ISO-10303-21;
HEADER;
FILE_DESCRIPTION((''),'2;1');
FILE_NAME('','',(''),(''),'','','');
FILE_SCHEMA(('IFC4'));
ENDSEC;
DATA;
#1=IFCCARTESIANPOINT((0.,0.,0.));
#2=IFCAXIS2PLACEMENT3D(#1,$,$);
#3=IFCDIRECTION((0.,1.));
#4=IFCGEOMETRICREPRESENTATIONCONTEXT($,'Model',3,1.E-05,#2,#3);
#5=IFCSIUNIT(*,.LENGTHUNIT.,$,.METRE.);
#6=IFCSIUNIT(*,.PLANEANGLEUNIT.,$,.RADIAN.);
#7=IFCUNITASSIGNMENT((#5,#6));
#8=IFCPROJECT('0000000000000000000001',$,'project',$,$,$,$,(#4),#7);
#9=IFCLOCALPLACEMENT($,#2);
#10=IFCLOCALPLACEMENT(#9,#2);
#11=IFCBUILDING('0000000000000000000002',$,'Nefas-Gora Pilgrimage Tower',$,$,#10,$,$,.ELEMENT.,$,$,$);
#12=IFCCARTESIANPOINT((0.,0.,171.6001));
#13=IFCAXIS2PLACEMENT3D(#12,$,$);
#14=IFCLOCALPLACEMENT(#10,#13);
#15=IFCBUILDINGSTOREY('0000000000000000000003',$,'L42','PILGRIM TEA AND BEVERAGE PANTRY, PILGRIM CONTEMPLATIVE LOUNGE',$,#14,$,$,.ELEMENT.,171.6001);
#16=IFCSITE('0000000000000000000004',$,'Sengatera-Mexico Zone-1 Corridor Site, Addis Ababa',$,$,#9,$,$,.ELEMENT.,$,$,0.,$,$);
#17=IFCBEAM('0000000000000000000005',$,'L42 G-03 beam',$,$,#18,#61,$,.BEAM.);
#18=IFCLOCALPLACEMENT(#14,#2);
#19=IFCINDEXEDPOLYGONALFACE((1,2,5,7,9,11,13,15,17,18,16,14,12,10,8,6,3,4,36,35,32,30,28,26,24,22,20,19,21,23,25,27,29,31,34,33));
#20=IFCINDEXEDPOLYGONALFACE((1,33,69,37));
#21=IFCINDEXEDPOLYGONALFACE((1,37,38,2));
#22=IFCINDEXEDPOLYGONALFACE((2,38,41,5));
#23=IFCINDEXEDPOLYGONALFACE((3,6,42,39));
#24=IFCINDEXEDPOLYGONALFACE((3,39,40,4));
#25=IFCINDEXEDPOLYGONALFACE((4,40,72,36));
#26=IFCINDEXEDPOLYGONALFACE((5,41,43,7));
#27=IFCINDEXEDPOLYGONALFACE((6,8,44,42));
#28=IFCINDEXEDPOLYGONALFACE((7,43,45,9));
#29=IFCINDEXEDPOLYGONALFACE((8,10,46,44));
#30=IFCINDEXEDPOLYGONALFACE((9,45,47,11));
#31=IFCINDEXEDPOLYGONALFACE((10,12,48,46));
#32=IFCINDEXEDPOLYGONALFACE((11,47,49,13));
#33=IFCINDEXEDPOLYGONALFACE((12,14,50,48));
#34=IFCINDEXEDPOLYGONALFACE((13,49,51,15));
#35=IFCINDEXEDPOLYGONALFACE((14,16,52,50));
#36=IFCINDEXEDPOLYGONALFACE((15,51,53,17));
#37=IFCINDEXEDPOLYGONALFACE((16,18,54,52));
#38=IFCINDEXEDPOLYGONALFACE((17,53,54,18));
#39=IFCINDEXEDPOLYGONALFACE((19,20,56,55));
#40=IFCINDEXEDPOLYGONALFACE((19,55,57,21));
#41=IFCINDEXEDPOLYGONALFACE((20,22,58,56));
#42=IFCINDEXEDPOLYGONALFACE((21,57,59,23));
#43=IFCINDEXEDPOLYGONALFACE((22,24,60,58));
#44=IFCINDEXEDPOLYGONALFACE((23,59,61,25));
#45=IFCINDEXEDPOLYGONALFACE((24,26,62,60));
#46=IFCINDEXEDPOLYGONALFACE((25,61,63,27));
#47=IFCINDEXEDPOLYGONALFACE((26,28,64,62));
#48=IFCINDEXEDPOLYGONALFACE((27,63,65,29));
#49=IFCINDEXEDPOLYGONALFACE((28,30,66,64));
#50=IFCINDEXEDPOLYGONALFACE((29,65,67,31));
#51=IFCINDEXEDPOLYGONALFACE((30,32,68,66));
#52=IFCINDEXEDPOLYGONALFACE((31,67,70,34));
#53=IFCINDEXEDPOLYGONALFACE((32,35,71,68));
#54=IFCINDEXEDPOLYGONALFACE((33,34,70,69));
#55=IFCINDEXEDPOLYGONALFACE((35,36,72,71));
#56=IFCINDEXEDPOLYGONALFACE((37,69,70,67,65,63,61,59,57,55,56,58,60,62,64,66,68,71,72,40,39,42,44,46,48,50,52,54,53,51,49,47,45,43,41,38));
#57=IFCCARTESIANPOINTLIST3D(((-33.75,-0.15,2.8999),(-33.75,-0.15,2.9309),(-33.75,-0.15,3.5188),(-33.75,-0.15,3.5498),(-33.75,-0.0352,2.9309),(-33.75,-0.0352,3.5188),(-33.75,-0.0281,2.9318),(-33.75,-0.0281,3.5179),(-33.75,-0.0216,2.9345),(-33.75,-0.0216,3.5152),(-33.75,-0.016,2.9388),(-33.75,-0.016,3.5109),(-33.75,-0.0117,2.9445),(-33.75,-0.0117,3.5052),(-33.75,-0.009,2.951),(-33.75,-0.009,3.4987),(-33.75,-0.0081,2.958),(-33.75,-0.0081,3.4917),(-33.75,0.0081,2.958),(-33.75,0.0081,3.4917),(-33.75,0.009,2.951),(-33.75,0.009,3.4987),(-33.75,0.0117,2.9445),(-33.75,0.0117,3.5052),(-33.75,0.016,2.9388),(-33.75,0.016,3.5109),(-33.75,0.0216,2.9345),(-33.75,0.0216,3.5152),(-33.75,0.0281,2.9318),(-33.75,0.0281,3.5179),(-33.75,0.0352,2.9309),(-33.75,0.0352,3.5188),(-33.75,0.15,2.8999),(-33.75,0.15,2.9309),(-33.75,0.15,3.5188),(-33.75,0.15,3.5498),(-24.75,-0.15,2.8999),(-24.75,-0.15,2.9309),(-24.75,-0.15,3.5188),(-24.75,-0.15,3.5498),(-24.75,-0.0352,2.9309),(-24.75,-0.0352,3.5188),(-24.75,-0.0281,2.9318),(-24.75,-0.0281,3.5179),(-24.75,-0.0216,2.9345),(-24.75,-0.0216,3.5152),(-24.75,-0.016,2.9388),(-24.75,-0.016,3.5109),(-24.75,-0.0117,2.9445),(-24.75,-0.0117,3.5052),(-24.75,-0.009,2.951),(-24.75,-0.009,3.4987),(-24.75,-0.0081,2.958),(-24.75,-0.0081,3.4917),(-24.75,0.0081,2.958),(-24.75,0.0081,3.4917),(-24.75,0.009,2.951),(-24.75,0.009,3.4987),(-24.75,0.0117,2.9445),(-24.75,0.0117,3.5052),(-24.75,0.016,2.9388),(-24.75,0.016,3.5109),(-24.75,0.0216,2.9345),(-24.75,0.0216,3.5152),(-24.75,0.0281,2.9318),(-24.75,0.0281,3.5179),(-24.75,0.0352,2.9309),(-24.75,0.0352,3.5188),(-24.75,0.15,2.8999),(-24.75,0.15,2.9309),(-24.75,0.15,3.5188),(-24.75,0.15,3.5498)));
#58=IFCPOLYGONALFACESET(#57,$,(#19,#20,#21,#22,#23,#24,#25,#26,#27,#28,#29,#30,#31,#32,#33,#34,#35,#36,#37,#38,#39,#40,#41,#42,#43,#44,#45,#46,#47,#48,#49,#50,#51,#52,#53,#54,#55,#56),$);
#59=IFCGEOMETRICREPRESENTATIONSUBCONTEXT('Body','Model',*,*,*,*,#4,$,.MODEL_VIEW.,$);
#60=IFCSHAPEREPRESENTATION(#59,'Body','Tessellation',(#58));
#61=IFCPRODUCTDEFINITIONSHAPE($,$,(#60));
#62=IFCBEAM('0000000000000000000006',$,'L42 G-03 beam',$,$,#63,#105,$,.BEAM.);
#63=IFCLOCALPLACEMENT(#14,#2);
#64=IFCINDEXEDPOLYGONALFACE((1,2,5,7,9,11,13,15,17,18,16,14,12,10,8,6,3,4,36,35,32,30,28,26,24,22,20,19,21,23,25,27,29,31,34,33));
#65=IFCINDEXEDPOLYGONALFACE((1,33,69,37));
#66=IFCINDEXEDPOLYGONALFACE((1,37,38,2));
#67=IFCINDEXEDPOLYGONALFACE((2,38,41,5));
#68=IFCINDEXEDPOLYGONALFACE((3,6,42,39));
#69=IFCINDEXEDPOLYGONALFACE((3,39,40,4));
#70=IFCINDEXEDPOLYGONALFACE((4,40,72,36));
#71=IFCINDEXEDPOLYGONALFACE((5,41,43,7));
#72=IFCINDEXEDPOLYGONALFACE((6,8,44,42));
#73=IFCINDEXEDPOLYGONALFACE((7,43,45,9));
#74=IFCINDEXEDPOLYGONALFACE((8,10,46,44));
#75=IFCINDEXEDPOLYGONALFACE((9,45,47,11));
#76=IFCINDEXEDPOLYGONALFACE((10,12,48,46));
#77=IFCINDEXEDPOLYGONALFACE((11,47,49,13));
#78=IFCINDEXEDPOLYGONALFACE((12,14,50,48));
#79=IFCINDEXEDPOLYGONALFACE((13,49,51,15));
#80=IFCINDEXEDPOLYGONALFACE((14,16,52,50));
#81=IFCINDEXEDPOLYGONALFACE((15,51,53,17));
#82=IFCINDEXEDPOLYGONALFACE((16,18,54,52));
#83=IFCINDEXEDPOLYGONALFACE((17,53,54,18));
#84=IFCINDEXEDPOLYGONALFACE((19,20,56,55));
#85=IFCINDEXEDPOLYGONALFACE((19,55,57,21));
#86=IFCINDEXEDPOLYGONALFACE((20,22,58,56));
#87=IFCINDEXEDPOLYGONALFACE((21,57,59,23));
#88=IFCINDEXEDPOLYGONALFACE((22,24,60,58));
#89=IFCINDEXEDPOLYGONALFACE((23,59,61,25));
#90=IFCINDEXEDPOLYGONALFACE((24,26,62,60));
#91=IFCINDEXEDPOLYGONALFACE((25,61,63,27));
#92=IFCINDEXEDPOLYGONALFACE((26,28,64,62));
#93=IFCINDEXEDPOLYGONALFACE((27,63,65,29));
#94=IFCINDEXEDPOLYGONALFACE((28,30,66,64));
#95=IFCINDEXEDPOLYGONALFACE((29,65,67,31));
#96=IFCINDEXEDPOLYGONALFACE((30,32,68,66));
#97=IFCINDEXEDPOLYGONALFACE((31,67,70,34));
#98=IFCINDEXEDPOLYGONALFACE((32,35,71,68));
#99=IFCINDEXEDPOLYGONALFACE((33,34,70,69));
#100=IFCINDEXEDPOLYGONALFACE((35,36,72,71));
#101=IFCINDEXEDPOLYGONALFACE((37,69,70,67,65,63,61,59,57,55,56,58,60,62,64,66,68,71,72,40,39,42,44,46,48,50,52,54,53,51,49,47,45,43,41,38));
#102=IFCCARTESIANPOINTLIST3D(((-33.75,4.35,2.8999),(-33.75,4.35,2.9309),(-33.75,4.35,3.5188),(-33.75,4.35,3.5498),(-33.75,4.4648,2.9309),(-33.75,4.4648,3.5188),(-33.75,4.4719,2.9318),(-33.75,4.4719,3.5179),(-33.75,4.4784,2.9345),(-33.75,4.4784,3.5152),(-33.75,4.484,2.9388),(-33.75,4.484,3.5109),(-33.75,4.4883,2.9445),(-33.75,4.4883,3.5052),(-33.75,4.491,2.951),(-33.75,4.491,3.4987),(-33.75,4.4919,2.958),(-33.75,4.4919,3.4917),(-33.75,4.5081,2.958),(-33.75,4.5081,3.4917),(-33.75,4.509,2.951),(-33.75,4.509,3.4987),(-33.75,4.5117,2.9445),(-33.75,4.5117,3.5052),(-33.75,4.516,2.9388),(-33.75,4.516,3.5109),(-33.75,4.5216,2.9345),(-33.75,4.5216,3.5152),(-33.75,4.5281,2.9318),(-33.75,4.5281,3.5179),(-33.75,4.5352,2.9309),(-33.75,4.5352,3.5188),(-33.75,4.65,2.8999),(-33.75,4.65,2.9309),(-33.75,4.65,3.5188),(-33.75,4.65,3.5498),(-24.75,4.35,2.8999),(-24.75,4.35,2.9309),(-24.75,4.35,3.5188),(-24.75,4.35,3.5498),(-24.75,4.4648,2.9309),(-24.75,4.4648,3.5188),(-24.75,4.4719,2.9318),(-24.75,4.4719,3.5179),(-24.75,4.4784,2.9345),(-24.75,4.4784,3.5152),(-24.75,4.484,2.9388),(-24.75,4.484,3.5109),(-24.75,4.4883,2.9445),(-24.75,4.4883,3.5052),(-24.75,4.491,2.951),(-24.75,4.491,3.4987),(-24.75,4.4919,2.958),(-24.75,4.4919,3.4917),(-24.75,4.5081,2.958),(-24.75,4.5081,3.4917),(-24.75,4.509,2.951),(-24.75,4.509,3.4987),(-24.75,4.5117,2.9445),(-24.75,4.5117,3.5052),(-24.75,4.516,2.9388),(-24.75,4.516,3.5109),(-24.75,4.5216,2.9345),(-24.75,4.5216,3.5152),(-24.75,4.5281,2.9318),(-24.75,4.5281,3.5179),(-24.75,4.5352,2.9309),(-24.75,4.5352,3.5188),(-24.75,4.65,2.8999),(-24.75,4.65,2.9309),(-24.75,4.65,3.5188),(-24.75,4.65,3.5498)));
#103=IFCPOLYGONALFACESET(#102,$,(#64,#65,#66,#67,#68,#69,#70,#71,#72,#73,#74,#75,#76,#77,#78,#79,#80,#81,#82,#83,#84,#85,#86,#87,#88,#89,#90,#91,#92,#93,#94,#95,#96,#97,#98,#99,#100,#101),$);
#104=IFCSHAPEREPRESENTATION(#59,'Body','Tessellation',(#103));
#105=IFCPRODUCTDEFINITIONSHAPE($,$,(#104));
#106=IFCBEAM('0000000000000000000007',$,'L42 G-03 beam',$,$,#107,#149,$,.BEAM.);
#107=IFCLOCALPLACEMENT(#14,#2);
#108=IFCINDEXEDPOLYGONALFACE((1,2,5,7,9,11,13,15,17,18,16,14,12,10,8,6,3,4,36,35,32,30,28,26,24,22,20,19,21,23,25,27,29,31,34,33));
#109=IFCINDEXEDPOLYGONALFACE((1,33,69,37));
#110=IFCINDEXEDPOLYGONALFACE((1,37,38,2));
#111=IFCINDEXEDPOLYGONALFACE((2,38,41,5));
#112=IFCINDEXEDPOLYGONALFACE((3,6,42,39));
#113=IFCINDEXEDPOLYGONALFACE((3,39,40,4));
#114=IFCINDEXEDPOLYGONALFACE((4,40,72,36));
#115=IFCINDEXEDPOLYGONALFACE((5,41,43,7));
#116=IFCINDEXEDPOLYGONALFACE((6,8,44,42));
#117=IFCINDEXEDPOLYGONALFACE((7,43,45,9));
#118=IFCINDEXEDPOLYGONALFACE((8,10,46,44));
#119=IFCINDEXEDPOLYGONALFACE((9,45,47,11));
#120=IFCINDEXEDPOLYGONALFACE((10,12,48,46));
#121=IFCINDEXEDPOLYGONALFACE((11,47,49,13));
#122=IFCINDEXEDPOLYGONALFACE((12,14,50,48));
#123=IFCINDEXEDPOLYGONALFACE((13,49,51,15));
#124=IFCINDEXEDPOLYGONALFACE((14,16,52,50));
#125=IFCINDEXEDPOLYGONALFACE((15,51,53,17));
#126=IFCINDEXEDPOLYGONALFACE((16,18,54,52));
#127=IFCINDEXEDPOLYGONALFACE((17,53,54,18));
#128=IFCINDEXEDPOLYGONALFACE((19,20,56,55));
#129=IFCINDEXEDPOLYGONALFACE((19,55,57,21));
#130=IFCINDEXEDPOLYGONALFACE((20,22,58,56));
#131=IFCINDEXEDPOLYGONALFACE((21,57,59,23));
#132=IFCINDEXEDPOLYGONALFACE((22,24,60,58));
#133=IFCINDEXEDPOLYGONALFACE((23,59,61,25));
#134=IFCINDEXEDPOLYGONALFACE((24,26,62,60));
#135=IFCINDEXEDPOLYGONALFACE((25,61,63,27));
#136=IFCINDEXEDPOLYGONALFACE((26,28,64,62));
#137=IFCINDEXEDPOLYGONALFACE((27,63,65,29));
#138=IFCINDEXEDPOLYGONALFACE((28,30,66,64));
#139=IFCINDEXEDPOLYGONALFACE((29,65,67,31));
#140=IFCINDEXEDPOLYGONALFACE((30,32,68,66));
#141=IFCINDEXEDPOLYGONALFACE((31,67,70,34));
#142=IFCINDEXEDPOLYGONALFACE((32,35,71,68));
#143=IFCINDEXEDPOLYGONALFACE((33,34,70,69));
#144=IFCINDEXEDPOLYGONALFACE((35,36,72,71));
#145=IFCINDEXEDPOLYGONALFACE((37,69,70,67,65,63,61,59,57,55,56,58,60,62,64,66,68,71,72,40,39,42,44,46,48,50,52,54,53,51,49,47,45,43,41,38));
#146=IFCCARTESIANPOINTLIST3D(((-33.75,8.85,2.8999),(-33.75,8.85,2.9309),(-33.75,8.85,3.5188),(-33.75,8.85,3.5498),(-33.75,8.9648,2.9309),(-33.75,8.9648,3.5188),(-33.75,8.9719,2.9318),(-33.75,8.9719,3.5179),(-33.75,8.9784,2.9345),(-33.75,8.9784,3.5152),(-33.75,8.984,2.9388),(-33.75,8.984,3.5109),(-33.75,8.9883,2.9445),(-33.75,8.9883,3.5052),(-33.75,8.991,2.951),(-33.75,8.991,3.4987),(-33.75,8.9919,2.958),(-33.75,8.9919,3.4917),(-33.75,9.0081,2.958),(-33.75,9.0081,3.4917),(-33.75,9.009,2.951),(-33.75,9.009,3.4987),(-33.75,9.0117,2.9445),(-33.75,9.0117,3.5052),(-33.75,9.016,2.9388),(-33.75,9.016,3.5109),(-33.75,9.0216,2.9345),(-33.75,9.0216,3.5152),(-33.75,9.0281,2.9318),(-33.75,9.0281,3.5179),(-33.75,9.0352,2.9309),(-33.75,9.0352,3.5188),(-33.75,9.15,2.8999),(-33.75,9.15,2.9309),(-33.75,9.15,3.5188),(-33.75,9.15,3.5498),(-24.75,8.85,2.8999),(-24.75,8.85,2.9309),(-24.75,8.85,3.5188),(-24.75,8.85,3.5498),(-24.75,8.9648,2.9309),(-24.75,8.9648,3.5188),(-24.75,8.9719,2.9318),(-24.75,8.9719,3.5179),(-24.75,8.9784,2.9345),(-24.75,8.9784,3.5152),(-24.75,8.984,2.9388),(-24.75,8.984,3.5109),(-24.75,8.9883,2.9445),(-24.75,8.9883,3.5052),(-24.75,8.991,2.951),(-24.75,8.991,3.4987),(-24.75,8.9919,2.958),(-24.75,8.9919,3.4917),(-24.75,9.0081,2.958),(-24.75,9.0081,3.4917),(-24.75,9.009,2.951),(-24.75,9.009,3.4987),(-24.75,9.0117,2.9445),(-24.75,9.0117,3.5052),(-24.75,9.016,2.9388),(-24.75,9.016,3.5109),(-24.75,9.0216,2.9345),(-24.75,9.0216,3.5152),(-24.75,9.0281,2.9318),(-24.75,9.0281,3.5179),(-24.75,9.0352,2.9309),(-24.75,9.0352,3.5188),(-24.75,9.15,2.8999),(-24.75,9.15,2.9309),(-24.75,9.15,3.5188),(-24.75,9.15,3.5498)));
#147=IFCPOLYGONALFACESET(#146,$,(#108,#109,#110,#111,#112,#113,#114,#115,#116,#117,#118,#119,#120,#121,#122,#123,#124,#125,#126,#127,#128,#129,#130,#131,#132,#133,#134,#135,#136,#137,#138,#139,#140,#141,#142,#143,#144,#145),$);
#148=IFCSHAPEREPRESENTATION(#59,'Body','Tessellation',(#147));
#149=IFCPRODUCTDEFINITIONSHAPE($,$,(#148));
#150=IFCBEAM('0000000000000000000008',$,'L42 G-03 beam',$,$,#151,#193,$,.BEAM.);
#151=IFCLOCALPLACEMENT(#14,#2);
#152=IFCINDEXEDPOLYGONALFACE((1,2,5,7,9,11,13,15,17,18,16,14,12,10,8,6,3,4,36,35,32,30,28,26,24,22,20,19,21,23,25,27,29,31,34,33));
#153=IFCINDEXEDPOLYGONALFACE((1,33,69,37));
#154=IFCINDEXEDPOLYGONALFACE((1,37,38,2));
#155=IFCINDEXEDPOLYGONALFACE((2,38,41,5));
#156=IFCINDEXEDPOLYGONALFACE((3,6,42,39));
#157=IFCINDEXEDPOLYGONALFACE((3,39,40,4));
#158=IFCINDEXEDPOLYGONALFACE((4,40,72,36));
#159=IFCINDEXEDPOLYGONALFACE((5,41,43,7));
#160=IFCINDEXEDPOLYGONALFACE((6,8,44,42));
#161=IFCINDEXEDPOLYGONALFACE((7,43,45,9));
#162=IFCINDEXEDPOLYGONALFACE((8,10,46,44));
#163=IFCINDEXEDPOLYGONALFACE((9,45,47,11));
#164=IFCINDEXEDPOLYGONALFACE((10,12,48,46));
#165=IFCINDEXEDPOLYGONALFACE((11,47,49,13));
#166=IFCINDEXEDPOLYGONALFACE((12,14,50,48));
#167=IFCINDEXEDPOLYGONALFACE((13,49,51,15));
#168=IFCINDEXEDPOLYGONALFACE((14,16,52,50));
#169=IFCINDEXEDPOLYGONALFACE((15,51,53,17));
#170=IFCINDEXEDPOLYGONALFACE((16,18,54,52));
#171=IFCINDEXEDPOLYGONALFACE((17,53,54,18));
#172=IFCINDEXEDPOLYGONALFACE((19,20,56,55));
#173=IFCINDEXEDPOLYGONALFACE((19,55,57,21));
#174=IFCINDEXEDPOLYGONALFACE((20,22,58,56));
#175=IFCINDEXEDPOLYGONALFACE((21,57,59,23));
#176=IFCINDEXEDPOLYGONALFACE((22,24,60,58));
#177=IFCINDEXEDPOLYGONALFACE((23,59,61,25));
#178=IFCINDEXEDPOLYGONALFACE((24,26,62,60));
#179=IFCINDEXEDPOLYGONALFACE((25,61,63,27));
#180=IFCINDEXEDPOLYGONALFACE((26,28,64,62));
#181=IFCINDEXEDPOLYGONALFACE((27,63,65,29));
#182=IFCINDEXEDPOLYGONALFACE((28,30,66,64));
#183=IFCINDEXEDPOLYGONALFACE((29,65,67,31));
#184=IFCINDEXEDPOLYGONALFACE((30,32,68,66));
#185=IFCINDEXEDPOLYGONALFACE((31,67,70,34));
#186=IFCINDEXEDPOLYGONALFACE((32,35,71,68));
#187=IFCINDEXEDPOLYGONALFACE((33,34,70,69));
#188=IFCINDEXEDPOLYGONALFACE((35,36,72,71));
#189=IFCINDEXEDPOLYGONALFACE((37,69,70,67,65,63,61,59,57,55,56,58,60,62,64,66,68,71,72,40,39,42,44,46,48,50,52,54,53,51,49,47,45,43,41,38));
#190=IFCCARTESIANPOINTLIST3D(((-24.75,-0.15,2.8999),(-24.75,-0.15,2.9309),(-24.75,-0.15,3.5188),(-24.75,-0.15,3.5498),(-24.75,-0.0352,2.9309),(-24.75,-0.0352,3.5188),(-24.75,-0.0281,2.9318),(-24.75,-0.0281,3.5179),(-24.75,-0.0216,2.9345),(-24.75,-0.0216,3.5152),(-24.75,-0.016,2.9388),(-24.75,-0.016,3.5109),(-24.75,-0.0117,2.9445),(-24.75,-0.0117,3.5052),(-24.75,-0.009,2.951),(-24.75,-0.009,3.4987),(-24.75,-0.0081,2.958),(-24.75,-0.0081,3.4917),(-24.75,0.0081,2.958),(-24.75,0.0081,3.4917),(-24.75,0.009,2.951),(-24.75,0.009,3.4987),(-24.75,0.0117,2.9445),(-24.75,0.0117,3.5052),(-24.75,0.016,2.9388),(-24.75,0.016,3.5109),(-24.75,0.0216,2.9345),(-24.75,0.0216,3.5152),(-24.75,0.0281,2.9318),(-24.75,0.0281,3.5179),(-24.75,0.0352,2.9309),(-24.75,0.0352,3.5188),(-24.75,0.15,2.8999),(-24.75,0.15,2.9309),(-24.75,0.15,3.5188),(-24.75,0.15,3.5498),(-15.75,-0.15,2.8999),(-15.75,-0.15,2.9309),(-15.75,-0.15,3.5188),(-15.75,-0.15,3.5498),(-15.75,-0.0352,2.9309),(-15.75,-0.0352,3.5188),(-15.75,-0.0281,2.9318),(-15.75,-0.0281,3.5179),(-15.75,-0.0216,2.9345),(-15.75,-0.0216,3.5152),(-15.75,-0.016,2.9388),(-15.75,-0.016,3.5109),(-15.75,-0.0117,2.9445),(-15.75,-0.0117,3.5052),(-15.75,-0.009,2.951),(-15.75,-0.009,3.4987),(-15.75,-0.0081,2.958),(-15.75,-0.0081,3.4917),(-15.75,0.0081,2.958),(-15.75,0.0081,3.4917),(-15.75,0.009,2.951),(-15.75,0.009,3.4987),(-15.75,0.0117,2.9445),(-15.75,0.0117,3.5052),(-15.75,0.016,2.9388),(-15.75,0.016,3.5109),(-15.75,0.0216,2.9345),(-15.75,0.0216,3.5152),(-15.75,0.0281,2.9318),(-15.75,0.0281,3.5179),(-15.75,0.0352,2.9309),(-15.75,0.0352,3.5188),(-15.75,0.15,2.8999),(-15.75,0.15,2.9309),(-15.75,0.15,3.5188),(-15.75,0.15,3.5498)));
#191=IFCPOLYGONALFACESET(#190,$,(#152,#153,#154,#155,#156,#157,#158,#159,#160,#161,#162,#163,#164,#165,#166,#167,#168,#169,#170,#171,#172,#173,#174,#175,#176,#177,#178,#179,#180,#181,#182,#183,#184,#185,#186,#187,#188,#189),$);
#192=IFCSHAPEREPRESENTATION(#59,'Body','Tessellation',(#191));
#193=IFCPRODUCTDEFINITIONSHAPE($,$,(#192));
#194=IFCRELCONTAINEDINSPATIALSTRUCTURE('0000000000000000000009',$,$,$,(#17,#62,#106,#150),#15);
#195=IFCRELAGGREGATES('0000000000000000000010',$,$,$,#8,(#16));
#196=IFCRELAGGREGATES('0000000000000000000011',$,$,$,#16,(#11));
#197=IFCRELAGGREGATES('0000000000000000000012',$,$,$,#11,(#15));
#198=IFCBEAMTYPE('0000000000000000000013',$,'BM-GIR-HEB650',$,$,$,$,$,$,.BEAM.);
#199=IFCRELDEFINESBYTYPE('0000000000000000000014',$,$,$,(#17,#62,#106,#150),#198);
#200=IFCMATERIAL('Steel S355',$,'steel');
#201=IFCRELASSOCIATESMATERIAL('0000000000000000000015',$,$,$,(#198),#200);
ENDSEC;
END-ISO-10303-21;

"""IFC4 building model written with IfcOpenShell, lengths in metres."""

from ifc_helpers import new_model, si_unit, direction, frame, origin, origin_2d, place, context, subcontext, project, spatial, i_section, extrude, source, transform, mapped, material, material_profile, profile_set, type_object, element, save


model = new_model("IFC4")

# Units and contexts
model_context = context("Model", 3, precision=1e-05, world=origin(), true_north=direction((0.0, 1.0)))
body_context = subcontext(model_context, "Body", "Model", "MODEL_VIEW")
ifc_project = project(units=[si_unit("LENGTHUNIT", "METRE"), si_unit("PLANEANGLEUNIT", "RADIAN")], contexts=[model_context])

# Site, building, storey
site_placement = place(None, origin())
site = spatial("IfcSite", under=ifc_project, at=site_placement, Name="Sengatera-Mexico Zone-1 Corridor Site, Addis Ababa", CompositionType="ELEMENT", RefElevation=0.0)
building_placement = place(site_placement, origin())
building = spatial("IfcBuilding", under=site, at=building_placement, Name="Nefas-Gora Pilgrimage Tower", CompositionType="ELEMENT")
storey_placement = place(building_placement, frame((0.0, 0.0, 171.6001)))
storey = spatial("IfcBuildingStorey", under=building, at=storey_placement, Name="L42", Description="PILGRIM TEA AND BEVERAGE PANTRY, PILGRIM CONTEMPLATIVE LOUNGE", CompositionType="ELEMENT", Elevation=171.6001)

# Beams
ifc_material_1 = material(Name="Steel S355", Category="steel")
ifc_material_profile_1 = material_profile(ifc_material_1, i_section(OverallWidth=0.3, OverallDepth=0.6499, WebThickness=0.0161, FlangeThickness=0.031, FilletRadius=0.0271, at=origin_2d()), Name="HEB 650")
ifc_profile_set_1 = profile_set([ifc_material_profile_1], Name="Steel S355")
beam_type_1 = type_object("IfcBeamType", Name="BM-GIR-HEB650", PredefinedType="BEAM", material=ifc_profile_set_1)
shared_shape_1 = source(origin(), body_context, "Body", "SweptSolid", [
    extrude(i_section(OverallWidth=0.3, OverallDepth=0.6499, WebThickness=0.0161, FlangeThickness=0.031, FilletRadius=0.0271, at=origin_2d()), origin(), (0.0, 0.0, 1.0), 9.0),
])
for number, where, z_axis, x_axis, name in (
    (1, (-33.75, 0.0, 3.2249), (1.0, 0.0, 0.0), (0.0, 1.0, 0.0), "L42 G-03 beam"),
    (2, (-33.75, 4.5, 3.2249), (1.0, 0.0, 0.0), (0.0, 1.0, 0.0), "L42 G-03 beam"),
    (3, (-33.75, 9.0, 3.2249), (1.0, 0.0, 0.0), (0.0, 1.0, 0.0), "L42 G-03 beam"),
    (4, (-24.75, 0.0, 3.2249), (1.0, 0.0, 0.0), (0.0, 1.0, 0.0), "L42 G-03 beam"),
):
    element("IfcBeam", number, at=place(storey_placement, frame(where, z_axis=z_axis, x_axis=x_axis)), inside=storey, type_object=beam_type_1, Name=name, PredefinedType="BEAM", context=body_context, shape_type="MappedRepresentation", body=[
        mapped(shared_shape_1, transform((0.0, 0.0, 0.0), x_axis=(1.0, 0.0, 0.0), y_axis=(0.0, 1.0, 0.0), z_axis=(0.0, 0.0, 1.0), scale=1.0)),
    ])

save(model, "model.ifc")
